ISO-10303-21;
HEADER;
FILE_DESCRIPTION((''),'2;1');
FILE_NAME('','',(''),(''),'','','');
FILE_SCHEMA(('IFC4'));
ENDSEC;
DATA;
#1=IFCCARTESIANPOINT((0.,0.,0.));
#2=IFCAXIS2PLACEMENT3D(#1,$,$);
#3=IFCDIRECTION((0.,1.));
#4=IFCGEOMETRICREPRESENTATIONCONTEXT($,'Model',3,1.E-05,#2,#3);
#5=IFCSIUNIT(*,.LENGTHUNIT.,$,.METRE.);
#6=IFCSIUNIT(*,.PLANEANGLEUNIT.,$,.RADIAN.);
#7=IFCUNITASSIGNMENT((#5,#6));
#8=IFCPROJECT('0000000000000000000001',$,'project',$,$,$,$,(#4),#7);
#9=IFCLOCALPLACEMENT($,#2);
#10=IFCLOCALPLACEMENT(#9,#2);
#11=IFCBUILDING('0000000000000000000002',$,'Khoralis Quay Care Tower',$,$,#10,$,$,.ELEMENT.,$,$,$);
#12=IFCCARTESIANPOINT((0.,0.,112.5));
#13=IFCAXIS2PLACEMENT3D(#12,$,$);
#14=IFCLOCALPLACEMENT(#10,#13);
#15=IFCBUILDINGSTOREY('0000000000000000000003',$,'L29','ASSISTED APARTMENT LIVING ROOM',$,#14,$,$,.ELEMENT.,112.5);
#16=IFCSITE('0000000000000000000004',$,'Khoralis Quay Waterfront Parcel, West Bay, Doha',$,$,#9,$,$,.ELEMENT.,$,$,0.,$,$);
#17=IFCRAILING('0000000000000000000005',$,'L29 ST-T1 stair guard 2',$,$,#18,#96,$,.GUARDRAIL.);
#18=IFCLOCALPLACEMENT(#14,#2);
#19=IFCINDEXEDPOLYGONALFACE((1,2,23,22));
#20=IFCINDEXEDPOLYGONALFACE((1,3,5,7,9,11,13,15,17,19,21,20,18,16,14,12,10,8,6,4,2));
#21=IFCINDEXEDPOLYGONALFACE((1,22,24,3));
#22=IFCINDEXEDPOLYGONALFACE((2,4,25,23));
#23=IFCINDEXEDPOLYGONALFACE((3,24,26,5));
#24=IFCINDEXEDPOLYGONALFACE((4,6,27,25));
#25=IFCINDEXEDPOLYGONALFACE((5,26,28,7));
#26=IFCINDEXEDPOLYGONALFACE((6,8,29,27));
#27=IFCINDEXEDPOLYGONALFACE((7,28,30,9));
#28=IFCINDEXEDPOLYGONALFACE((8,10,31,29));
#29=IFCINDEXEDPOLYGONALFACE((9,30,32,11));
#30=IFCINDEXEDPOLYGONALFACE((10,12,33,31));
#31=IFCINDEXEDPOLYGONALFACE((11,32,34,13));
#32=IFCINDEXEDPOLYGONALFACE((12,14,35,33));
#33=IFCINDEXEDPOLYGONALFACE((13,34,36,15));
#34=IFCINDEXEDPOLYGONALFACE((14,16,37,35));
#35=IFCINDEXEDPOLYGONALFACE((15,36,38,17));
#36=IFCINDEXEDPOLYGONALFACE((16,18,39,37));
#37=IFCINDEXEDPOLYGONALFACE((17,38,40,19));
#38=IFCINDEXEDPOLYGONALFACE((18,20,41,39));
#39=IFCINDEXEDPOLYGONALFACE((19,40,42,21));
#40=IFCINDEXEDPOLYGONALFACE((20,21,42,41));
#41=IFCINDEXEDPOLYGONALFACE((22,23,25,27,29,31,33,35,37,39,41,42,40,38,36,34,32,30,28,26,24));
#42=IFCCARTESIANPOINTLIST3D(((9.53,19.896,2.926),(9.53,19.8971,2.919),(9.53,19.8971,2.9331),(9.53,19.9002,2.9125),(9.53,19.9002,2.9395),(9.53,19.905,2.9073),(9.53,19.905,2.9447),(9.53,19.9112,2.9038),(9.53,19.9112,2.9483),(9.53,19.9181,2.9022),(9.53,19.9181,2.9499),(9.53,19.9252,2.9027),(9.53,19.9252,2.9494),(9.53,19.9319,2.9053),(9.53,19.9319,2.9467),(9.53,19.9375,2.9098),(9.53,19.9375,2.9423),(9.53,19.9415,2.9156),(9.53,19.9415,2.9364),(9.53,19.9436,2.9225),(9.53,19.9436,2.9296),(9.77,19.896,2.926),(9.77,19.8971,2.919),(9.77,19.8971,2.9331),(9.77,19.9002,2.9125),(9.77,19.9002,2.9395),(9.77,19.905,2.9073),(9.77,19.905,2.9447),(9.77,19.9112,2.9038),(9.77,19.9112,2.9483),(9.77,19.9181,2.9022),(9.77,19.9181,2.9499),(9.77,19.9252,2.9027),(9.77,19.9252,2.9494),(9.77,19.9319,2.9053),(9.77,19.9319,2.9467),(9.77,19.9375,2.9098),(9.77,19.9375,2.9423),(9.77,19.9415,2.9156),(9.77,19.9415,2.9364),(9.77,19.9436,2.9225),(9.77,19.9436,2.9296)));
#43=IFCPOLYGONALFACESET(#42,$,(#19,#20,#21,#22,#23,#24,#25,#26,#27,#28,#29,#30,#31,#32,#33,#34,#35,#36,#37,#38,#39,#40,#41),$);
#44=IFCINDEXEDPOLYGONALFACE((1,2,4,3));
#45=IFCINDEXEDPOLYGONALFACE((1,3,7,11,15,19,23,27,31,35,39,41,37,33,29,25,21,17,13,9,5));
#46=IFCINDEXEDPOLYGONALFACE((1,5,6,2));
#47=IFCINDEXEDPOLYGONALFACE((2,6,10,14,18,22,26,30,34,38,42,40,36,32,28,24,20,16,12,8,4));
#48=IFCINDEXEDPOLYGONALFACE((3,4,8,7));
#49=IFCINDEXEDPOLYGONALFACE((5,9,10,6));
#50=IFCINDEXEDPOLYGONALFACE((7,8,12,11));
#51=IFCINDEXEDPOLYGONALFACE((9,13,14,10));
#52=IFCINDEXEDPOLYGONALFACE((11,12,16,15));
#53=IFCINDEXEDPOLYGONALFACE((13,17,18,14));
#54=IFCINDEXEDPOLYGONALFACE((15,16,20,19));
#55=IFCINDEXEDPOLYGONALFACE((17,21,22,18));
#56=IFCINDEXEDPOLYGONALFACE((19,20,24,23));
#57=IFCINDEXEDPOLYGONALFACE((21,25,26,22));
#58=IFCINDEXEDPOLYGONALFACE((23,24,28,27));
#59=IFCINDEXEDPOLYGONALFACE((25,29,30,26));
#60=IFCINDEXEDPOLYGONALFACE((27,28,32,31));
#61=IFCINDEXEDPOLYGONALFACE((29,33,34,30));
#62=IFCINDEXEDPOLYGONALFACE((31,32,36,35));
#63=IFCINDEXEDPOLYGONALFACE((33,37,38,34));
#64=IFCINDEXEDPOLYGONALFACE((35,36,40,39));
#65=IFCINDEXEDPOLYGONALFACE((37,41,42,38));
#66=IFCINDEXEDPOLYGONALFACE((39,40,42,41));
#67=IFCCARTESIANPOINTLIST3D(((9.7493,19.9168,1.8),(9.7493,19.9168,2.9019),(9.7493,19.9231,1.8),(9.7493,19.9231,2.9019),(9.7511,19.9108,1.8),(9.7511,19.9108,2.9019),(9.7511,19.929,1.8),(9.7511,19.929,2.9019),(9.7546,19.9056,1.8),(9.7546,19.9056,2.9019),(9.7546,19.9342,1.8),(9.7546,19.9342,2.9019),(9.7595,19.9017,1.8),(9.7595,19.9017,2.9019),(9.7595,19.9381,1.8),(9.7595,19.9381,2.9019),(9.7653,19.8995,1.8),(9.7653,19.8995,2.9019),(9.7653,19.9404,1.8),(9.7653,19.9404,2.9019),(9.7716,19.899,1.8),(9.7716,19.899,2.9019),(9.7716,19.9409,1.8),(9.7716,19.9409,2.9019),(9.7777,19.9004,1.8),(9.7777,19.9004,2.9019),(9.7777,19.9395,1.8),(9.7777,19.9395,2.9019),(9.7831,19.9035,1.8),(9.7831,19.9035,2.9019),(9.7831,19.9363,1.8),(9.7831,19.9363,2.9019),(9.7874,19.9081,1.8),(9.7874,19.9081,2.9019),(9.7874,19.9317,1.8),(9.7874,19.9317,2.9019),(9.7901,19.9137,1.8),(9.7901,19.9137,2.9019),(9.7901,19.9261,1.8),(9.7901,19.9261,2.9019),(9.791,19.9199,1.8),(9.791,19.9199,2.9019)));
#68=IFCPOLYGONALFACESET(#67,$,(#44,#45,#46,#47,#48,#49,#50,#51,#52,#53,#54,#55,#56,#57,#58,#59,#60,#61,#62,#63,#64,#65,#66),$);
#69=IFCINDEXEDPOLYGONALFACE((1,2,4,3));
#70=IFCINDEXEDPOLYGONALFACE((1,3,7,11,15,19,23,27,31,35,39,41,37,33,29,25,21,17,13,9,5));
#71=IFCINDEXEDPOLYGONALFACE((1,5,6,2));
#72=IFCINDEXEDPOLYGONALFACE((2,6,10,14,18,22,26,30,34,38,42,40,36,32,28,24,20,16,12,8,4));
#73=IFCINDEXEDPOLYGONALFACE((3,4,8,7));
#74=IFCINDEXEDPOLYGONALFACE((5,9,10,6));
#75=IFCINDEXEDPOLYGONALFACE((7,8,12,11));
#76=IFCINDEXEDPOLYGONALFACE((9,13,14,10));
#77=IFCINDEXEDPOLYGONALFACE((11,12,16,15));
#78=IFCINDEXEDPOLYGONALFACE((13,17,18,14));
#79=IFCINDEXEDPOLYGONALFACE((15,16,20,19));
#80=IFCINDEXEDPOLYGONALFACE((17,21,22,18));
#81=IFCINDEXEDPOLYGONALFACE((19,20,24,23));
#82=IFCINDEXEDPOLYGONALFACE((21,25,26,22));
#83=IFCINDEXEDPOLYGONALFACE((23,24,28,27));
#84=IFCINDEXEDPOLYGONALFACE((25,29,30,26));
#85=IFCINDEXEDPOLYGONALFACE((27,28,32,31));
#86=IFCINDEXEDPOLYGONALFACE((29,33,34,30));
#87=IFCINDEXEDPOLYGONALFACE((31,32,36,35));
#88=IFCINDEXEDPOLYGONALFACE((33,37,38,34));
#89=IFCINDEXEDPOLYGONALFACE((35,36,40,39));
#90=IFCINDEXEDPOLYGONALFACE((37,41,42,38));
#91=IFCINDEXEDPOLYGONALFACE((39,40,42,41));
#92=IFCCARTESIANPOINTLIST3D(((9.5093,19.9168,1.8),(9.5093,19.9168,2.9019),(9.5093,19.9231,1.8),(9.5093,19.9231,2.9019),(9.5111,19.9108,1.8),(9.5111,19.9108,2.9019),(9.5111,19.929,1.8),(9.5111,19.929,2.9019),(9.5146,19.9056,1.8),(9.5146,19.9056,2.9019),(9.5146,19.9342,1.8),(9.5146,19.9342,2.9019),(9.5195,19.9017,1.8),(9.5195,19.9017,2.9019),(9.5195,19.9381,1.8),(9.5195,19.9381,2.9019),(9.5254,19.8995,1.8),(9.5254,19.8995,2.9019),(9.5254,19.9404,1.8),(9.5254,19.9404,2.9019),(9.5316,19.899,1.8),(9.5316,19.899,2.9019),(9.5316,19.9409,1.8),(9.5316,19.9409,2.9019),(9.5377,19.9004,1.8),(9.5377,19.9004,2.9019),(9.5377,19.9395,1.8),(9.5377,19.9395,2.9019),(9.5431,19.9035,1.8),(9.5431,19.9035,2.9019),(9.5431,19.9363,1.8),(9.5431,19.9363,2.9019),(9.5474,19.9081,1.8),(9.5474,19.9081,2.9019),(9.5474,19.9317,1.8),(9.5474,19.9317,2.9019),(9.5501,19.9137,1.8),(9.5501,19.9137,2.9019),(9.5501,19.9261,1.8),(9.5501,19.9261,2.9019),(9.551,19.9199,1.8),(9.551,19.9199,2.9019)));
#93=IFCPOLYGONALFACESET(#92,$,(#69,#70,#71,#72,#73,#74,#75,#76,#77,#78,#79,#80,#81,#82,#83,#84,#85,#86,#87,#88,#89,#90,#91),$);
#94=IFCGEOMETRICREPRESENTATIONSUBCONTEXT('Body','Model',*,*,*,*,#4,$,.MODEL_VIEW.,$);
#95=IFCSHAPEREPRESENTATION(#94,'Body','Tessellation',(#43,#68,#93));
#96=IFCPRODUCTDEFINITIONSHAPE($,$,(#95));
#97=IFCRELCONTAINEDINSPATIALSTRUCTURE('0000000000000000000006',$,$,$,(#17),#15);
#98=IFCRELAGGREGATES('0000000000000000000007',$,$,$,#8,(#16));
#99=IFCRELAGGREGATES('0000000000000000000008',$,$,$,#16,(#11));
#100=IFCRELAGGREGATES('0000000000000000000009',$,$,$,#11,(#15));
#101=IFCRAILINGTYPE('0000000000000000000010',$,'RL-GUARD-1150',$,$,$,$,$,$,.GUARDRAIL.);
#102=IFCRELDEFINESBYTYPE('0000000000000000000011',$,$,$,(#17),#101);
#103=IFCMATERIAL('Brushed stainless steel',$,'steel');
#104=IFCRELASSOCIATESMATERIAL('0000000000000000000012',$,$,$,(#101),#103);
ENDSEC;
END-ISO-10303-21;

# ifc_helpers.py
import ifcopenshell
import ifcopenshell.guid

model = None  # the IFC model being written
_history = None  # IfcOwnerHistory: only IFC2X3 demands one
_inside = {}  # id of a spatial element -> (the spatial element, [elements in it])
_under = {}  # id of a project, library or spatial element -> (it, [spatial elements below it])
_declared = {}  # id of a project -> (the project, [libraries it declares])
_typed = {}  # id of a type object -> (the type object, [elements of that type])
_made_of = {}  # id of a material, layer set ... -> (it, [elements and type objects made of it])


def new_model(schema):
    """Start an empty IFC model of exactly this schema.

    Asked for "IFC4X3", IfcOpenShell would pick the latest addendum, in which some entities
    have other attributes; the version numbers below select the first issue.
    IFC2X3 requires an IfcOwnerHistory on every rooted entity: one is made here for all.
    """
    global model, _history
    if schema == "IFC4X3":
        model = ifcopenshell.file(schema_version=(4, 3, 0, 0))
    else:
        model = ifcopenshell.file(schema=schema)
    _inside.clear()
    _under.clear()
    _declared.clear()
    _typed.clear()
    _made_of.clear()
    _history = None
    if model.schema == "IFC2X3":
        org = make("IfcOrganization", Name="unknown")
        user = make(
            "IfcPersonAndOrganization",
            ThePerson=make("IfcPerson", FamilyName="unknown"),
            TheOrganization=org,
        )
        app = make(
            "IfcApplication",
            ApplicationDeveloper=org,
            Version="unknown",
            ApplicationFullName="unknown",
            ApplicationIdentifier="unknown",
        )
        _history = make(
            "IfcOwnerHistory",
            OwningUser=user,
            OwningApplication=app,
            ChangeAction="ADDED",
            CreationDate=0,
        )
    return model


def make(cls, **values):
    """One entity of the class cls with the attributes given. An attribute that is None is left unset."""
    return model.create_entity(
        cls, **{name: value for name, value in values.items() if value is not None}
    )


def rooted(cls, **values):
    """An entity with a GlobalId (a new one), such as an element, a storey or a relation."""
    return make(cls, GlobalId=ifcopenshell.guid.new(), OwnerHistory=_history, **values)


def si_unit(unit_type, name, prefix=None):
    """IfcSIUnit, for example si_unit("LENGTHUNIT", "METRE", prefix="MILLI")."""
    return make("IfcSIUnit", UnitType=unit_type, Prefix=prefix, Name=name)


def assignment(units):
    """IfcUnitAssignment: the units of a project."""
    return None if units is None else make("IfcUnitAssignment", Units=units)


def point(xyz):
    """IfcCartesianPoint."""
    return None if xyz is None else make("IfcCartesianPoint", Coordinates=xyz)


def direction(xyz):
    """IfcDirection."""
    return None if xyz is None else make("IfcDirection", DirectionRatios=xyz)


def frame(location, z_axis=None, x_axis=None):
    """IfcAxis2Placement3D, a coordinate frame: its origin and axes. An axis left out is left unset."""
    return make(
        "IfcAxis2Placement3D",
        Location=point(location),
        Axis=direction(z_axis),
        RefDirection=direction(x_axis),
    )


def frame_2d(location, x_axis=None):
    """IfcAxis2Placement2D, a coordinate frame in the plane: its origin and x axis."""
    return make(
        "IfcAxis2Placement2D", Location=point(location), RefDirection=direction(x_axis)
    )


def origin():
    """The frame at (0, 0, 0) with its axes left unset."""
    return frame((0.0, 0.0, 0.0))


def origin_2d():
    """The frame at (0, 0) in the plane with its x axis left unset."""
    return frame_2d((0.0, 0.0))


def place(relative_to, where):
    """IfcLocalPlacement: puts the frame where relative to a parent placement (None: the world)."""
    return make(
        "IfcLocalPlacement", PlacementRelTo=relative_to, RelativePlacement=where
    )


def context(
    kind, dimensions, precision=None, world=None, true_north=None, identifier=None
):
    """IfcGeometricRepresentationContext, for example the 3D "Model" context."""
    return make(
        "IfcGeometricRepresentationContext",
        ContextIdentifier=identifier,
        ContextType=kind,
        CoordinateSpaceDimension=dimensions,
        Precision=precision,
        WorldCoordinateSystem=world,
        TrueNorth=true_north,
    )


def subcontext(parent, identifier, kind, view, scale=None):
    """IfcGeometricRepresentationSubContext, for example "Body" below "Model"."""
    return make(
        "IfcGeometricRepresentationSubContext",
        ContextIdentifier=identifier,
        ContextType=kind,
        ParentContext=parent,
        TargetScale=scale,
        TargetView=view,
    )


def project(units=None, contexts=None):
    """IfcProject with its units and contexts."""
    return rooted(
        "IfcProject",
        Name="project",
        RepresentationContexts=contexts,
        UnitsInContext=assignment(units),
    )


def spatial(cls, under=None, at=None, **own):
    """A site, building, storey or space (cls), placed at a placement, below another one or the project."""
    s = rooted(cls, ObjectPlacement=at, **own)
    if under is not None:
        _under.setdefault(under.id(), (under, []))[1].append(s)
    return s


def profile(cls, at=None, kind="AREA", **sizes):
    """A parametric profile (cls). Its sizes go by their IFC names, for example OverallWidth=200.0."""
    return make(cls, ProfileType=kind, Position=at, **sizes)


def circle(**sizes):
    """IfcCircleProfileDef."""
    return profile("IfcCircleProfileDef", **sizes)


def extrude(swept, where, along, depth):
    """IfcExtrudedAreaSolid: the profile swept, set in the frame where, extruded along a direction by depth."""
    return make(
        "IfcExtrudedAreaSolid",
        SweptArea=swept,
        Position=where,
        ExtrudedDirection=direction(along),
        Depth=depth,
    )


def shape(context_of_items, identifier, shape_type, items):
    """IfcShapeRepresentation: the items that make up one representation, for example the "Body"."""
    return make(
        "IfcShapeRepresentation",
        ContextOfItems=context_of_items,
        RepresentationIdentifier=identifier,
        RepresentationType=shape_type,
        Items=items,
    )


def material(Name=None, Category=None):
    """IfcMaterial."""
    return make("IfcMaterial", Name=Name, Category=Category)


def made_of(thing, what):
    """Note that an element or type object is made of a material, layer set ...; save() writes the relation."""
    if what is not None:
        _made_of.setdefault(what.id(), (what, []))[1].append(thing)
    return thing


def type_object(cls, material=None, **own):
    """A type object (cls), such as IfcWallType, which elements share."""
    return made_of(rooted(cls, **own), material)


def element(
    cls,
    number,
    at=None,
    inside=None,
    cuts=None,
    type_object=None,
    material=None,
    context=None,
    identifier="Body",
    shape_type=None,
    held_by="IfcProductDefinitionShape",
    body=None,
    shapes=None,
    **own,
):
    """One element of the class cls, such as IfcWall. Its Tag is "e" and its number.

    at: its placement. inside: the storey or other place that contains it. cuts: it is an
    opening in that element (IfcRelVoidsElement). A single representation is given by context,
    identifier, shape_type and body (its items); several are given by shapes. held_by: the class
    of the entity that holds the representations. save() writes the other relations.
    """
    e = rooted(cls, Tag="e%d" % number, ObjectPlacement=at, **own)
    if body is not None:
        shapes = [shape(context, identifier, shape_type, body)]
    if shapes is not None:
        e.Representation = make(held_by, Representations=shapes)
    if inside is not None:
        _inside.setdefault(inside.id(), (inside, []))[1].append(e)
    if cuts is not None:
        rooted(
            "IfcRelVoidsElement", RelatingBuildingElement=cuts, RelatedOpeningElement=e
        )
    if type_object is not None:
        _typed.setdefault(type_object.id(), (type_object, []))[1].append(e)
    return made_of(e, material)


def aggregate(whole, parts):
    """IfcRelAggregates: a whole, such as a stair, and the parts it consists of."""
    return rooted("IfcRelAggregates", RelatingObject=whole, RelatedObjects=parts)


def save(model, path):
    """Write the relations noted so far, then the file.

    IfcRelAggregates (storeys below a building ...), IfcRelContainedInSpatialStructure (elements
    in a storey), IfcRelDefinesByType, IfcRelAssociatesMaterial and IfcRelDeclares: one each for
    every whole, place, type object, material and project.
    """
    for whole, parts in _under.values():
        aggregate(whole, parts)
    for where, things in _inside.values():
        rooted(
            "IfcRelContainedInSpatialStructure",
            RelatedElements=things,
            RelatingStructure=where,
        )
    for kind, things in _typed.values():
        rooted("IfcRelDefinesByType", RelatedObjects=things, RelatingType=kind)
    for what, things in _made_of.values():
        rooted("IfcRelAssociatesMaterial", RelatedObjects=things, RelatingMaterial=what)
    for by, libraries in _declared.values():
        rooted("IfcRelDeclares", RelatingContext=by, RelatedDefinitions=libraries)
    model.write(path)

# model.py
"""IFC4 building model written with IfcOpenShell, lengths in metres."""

from ifc_helpers import new_model, si_unit, direction, frame, origin, origin_2d, place, context, subcontext, project, spatial, circle, extrude, material, type_object, element, save


model = new_model("IFC4")

# Units and contexts
model_context = context("Model", 3, precision=1e-05, world=origin(), true_north=direction((0.0, 1.0)))
body_context = subcontext(model_context, "Body", "Model", "MODEL_VIEW")
ifc_project = project(units=[si_unit("LENGTHUNIT", "METRE"), si_unit("PLANEANGLEUNIT", "RADIAN")], contexts=[model_context])

# Site, building, storey
site_placement = place(None, origin())
site = spatial("IfcSite", under=ifc_project, at=site_placement, Name="Khoralis Quay Waterfront Parcel, West Bay, Doha", CompositionType="ELEMENT", RefElevation=0.0)
building_placement = place(site_placement, origin())
building = spatial("IfcBuilding", under=site, at=building_placement, Name="Khoralis Quay Care Tower", CompositionType="ELEMENT")
storey_placement = place(building_placement, frame((0.0, 0.0, 112.5)))
storey = spatial("IfcBuildingStorey", under=building, at=storey_placement, Name="L29", Description="ASSISTED APARTMENT LIVING ROOM", CompositionType="ELEMENT", Elevation=112.5)

# Shared definitions
ifc_material_1 = material(Name="Brushed stainless steel", Category="steel")

# Railing
railing_type_1 = type_object("IfcRailingType", Name="RL-GUARD-1150", PredefinedType="GUARDRAIL", material=ifc_material_1)
railing_1_placement = place(storey_placement, frame((9.77, 19.9199, 1.8)))
element("IfcRailing", 1, at=railing_1_placement, inside=storey, type_object=railing_type_1, Name="L29 ST-T1 stair guard 2", PredefinedType="GUARDRAIL", context=body_context, shape_type="SweptSolid", body=[
    extrude(circle(Radius=0.0239, at=origin_2d()), frame((0.0, 0.0, 1.126), z_axis=(-1.0, 0.0, 0.0), x_axis=(0.0, -1.0, 0.0)), (0.0, 0.0, 1.0), 0.24),
    extrude(circle(Radius=0.021, at=origin_2d()), origin(), (0.0, 0.0, 1.0), 1.1018),
    extrude(circle(Radius=0.021, at=origin_2d()), frame((-0.24, 0.0, 0.0)), (0.0, 0.0, 1.0), 1.1018),
])

save(model, "model.ifc")
